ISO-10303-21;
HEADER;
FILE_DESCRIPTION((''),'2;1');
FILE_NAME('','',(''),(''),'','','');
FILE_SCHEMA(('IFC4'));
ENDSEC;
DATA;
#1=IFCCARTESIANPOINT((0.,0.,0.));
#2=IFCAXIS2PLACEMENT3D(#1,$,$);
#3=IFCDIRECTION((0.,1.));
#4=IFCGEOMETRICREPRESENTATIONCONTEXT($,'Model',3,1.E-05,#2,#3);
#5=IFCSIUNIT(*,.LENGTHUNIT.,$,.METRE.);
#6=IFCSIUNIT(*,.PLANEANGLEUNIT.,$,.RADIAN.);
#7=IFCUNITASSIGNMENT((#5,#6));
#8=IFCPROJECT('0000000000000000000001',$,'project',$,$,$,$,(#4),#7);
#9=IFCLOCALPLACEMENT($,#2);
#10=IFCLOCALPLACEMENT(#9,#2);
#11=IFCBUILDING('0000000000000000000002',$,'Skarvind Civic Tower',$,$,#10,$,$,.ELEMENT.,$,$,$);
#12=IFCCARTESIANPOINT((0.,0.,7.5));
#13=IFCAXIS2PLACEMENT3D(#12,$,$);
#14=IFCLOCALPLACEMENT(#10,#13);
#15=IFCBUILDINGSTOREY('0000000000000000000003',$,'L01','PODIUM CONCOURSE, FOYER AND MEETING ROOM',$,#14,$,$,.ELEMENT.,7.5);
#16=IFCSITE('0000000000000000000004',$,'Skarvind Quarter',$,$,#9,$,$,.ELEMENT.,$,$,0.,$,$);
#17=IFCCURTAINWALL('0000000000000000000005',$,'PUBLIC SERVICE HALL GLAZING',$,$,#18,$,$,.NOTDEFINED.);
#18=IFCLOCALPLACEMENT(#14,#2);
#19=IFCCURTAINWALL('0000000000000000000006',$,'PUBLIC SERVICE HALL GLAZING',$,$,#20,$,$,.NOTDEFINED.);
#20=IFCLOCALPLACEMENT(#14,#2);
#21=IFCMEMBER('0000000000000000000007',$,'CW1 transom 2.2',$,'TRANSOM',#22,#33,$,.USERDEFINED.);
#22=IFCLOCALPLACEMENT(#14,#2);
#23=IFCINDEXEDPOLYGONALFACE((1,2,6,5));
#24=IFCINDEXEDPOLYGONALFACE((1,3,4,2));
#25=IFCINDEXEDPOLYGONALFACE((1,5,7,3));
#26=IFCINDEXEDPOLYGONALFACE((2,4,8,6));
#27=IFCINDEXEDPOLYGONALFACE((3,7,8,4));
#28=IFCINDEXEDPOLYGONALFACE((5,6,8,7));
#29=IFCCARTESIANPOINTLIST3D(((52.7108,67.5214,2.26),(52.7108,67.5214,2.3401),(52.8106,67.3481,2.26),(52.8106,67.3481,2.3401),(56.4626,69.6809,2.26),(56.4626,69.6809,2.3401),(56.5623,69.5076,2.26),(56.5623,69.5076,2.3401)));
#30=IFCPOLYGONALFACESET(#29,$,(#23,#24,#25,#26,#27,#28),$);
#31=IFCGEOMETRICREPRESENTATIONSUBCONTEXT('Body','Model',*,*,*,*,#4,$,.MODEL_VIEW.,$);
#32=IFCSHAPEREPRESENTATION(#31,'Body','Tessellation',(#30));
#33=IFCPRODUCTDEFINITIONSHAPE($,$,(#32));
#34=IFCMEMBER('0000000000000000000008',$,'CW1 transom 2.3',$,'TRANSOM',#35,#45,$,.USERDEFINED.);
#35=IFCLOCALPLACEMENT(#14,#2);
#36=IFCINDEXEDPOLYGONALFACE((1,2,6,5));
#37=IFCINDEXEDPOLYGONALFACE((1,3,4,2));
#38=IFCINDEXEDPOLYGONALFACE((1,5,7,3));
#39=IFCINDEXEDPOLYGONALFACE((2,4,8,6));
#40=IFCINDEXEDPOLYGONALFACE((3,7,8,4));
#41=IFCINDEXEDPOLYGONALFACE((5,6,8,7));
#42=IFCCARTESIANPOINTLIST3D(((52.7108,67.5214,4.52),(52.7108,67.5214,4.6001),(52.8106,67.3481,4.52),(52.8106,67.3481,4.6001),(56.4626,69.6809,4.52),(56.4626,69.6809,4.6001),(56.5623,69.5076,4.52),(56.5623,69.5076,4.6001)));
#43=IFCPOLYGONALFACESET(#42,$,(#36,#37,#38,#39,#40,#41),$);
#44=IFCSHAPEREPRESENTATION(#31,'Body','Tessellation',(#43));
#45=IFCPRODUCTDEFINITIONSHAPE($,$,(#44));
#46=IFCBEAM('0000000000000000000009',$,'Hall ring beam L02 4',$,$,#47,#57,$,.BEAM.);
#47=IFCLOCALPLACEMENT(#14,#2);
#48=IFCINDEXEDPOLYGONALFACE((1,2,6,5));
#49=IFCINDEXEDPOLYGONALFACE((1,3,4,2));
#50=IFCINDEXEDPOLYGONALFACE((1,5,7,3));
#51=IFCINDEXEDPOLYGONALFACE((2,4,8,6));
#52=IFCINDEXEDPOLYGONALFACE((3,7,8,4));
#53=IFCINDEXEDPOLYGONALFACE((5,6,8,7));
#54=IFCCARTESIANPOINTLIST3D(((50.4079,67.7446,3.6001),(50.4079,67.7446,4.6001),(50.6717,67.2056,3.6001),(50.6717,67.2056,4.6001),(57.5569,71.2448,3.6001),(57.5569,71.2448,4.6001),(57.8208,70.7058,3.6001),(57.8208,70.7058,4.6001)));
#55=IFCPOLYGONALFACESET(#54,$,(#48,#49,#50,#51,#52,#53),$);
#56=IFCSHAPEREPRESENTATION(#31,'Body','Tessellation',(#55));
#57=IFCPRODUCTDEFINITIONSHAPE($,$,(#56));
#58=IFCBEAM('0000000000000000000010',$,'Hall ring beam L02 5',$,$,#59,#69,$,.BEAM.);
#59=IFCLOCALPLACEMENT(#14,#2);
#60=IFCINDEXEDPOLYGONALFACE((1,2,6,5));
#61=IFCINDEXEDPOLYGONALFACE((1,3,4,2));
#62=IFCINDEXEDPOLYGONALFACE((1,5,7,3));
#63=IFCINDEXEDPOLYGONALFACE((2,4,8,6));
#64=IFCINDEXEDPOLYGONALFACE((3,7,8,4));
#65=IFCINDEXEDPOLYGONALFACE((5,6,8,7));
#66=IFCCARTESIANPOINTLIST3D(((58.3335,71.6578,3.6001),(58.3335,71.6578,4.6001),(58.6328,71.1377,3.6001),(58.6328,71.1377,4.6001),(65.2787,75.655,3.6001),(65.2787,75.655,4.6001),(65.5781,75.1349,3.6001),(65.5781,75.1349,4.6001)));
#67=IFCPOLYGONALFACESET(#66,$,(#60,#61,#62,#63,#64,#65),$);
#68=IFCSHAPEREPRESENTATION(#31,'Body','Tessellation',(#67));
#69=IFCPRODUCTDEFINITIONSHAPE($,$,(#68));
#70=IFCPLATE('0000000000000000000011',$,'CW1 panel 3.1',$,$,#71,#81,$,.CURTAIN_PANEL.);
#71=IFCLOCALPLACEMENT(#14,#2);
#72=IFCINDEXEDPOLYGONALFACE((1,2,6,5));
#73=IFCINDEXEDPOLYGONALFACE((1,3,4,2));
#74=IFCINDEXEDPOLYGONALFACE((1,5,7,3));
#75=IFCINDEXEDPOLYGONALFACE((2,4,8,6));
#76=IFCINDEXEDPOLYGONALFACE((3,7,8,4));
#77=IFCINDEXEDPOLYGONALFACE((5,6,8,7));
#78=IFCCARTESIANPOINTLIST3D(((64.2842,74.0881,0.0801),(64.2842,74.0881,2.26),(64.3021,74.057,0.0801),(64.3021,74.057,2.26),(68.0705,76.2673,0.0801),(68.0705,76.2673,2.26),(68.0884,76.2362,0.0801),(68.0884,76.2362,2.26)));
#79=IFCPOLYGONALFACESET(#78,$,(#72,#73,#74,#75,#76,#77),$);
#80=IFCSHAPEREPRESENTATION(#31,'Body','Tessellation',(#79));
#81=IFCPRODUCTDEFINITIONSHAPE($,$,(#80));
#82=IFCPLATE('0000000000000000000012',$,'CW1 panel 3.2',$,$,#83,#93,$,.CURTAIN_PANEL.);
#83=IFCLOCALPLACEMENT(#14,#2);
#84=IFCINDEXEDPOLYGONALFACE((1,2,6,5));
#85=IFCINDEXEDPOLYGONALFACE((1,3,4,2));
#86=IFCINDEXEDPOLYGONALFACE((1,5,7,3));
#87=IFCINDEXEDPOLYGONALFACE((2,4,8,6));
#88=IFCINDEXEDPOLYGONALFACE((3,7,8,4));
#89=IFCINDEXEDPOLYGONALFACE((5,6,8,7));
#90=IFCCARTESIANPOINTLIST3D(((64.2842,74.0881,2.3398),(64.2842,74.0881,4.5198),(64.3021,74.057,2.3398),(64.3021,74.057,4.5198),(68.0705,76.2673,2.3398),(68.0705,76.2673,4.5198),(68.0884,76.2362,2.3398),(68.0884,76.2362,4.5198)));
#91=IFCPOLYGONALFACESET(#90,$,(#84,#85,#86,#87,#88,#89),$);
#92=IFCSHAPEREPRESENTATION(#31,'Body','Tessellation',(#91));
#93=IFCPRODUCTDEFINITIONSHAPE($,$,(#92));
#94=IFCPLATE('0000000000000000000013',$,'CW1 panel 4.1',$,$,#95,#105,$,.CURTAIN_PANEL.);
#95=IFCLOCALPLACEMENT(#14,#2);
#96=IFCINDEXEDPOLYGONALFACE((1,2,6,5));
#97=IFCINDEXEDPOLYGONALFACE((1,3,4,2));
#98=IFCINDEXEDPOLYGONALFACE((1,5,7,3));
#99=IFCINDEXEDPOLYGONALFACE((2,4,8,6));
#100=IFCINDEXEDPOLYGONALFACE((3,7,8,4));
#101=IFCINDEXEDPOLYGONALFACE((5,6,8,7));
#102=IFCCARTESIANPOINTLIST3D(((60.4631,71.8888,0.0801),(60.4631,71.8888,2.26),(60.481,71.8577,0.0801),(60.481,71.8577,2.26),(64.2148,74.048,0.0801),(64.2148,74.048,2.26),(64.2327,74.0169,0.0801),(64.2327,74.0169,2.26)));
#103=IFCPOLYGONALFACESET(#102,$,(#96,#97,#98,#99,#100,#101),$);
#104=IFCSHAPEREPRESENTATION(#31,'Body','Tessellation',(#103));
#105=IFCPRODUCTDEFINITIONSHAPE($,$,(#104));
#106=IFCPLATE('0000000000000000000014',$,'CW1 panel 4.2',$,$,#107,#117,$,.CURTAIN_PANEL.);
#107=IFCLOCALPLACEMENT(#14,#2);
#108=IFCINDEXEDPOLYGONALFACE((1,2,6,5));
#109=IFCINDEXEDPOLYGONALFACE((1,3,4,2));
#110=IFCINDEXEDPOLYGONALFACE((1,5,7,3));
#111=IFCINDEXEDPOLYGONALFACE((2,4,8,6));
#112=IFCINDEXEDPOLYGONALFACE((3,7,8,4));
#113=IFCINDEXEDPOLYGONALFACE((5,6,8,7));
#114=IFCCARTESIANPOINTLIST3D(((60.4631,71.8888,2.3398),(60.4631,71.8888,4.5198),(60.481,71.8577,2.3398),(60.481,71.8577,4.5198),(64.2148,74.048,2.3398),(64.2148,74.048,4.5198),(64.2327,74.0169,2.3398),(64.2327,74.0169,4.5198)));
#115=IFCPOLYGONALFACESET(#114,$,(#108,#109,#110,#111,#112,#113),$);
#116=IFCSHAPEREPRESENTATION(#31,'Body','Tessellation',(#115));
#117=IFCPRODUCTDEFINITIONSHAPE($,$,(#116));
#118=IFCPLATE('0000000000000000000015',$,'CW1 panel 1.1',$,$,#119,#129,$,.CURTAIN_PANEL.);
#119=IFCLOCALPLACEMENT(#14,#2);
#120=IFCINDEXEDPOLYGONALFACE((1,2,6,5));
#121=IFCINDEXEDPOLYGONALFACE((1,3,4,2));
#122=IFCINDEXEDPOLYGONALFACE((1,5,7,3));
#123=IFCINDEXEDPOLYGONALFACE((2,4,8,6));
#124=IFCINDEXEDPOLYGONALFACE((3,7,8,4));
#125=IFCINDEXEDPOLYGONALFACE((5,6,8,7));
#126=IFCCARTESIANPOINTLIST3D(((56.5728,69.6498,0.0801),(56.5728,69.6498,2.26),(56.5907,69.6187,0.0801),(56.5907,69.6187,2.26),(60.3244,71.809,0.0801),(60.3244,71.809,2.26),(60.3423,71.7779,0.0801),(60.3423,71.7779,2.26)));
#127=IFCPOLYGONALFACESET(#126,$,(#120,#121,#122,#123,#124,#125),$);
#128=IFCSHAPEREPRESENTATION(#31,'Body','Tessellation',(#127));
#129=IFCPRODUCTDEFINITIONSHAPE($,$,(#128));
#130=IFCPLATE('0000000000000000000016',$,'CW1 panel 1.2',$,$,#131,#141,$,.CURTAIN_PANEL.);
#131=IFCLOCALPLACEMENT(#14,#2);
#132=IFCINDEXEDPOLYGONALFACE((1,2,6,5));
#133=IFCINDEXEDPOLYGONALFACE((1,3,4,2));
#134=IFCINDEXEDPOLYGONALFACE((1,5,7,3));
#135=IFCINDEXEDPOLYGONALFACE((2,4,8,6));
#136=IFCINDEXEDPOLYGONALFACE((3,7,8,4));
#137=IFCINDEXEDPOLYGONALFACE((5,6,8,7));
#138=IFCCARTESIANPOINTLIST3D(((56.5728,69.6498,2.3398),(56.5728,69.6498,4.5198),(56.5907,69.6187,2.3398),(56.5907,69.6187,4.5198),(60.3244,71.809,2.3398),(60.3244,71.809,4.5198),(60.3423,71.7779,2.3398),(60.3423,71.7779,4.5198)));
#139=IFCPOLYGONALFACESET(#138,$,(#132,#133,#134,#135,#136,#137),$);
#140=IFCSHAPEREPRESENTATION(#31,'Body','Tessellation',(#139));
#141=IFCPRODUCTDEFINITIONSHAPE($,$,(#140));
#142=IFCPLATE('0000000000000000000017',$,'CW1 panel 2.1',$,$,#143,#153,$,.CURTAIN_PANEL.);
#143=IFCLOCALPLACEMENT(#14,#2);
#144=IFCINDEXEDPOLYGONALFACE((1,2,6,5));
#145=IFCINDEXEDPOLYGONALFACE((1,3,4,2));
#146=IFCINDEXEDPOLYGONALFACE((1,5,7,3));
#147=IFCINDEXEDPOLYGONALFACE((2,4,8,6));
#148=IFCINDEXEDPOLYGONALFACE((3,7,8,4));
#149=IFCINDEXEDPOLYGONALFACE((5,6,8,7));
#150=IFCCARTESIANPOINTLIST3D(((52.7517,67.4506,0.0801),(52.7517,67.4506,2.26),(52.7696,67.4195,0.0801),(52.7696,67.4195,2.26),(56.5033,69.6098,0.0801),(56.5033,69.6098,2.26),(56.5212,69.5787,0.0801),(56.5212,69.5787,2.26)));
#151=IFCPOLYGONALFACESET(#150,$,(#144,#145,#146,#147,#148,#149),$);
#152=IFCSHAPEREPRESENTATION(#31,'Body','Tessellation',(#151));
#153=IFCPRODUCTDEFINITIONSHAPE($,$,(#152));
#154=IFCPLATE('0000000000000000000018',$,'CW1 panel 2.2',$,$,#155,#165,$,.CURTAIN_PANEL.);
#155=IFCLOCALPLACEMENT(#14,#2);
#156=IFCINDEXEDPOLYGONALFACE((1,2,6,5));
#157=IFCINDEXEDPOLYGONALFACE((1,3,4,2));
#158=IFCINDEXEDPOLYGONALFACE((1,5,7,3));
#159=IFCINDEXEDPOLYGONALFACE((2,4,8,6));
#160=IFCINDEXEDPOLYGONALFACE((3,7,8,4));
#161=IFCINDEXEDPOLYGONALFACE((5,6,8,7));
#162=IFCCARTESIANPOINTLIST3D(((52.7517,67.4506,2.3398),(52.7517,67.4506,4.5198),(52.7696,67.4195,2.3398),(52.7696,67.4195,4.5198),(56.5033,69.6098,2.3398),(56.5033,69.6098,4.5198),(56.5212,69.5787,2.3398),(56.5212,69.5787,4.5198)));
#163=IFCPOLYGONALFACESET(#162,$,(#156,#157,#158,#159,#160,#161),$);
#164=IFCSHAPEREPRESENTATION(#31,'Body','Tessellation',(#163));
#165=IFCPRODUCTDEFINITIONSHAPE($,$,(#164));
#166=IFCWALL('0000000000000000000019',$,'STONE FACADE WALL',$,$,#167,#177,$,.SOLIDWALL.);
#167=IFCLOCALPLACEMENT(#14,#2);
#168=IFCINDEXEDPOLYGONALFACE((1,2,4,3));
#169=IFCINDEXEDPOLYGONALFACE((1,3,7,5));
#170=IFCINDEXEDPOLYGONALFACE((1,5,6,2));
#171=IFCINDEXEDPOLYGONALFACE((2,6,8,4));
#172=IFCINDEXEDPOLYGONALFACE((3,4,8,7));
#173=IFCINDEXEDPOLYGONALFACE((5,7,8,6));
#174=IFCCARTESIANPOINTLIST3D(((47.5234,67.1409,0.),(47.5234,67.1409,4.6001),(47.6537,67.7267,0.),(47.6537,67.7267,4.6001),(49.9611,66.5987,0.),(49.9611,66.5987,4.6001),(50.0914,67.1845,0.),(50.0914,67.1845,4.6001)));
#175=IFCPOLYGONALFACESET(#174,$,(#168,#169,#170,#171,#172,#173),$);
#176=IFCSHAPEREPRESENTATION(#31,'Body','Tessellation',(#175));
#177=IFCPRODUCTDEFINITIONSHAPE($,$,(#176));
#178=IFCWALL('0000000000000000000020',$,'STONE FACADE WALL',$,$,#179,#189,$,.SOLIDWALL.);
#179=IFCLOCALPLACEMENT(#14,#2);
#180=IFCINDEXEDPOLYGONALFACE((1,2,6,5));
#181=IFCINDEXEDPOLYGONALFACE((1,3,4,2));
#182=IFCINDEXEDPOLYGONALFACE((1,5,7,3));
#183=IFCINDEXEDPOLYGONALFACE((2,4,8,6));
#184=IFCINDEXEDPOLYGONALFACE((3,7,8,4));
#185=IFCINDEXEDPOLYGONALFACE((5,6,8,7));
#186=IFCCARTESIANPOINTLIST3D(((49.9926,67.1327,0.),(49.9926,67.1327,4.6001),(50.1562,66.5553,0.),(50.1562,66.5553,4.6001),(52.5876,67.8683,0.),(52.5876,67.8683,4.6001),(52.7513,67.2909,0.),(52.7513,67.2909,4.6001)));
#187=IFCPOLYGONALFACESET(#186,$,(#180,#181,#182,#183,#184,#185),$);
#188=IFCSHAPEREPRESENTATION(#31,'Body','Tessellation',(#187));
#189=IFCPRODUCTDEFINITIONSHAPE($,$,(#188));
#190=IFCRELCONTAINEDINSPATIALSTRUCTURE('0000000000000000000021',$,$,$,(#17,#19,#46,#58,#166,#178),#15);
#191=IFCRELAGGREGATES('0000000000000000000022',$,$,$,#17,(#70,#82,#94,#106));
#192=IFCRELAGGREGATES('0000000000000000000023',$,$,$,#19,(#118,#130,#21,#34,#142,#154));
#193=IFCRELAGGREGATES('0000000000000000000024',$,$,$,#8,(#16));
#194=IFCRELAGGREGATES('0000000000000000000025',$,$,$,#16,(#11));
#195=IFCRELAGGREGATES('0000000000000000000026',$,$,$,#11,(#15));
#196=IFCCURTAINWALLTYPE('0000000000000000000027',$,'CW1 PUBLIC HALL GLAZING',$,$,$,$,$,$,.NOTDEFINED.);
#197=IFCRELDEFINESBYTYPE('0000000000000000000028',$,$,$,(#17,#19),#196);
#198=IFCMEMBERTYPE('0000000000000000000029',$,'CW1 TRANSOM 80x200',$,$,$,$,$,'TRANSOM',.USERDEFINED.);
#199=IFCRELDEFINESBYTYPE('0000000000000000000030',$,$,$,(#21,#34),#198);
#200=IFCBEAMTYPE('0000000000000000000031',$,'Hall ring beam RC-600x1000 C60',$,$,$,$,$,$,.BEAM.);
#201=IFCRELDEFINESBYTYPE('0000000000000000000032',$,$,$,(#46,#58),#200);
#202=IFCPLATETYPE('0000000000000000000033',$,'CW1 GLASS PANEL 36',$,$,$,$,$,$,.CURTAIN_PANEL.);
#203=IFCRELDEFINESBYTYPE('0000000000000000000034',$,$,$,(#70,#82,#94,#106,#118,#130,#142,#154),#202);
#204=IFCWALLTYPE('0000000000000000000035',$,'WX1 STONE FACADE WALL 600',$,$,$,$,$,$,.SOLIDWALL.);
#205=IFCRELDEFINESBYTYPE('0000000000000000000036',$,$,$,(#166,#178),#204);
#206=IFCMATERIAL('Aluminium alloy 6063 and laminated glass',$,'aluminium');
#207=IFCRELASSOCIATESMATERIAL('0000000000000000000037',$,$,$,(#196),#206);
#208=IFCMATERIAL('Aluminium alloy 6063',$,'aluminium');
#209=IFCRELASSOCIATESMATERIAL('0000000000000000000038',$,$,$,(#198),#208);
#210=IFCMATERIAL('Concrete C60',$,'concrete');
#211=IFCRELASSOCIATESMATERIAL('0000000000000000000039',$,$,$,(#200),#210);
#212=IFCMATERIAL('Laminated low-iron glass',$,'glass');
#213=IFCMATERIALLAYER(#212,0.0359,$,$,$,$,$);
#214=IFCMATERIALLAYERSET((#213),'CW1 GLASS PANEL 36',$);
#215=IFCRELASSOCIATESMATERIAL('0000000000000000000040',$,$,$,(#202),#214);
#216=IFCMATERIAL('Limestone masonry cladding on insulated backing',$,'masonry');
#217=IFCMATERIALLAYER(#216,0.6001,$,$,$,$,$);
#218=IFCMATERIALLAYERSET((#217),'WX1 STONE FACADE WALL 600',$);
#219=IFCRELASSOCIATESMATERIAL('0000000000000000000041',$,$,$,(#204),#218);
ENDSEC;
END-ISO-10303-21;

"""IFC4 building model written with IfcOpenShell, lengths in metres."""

from ifc_helpers import new_model, si_unit, direction, frame, frame_2d, origin, origin_2d, place, context, subcontext, project, spatial, rectangle, extrude, material, layer, layer_set, material_profile, profile_set, type_object, element, aggregate, save


model = new_model("IFC4")

# Units and contexts
model_context = context("Model", 3, precision=1e-05, world=origin(), true_north=direction((0.0, 1.0)))
body_context = subcontext(model_context, "Body", "Model", "MODEL_VIEW")
ifc_project = project(units=[si_unit("LENGTHUNIT", "METRE"), si_unit("PLANEANGLEUNIT", "RADIAN")], contexts=[model_context])

# Site, building, storey
site_placement = place(None, origin())
site = spatial("IfcSite", under=ifc_project, at=site_placement, Name="Skarvind Quarter", CompositionType="ELEMENT", RefElevation=0.0)
building_placement = place(site_placement, origin())
building = spatial("IfcBuilding", under=site, at=building_placement, Name="Skarvind Civic Tower", CompositionType="ELEMENT")
storey_placement = place(building_placement, frame((0.0, 0.0, 7.5)))
storey = spatial("IfcBuildingStorey", under=building, at=storey_placement, Name="L01", Description="PODIUM CONCOURSE, FOYER AND MEETING ROOM", CompositionType="ELEMENT", Elevation=7.5)

# Shared definitions
ifc_material_1 = material(Name="Concrete C60", Category="concrete")

# Curtain walls
ifc_material_2 = material(Name="Aluminium alloy 6063 and laminated glass", Category="aluminium")
curtain_wall_type = type_object("IfcCurtainWallType", Name="CW1 PUBLIC HALL GLAZING", PredefinedType="NOTDEFINED", material=ifc_material_2)
curtain_wall_1_placement = place(storey_placement, origin())
curtain_wall_1 = element("IfcCurtainWall", 1, at=curtain_wall_1_placement, inside=storey, type_object=curtain_wall_type, Name="PUBLIC SERVICE HALL GLAZING", PredefinedType="NOTDEFINED")
ifc_material_3 = material(Name="Aluminium alloy 6063", Category="aluminium")
curtain_wall_2_placement = place(storey_placement, origin())
curtain_wall_2 = element("IfcCurtainWall", 2, at=curtain_wall_2_placement, inside=storey, type_object=curtain_wall_type, Name="PUBLIC SERVICE HALL GLAZING", PredefinedType="NOTDEFINED")

# Members
ifc_material_profile_1 = material_profile(ifc_material_3, rectangle(XDim=0.2, YDim=0.0801, at=origin_2d()), Name="AL 80x200")
ifc_profile_set_1 = profile_set([ifc_material_profile_1], Name="Aluminium alloy 6063")
member_type_1 = type_object("IfcMemberType", Name="CW1 TRANSOM 80x200", ElementType="TRANSOM", PredefinedType="USERDEFINED", material=ifc_profile_set_1)
member_1_placement = place(storey_placement, frame((56.5125, 69.5942, 2.3), z_axis=(-0.866687, -0.498851, 0.0), x_axis=(0.498851, -0.866687, 0.0)))
member_1 = element("IfcMember", 3, at=member_1_placement, type_object=member_type_1, Name="CW1 transom 2.2", ObjectType="TRANSOM", PredefinedType="USERDEFINED", context=body_context, shape_type="SweptSolid", body=[
    extrude(rectangle(XDim=0.2, YDim=0.0801, at=origin_2d()), origin(), (0.0, 0.0, 1.0), 4.3289),
])
member_2_placement = place(storey_placement, frame((56.5125, 69.5942, 4.5601), z_axis=(-0.866687, -0.498851, 0.0), x_axis=(0.498851, -0.866687, 0.0)))
member_2 = element("IfcMember", 4, at=member_2_placement, type_object=member_type_1, Name="CW1 transom 2.3", ObjectType="TRANSOM", PredefinedType="USERDEFINED", context=body_context, shape_type="SweptSolid", body=[
    extrude(rectangle(XDim=0.2, YDim=0.0801, at=origin_2d()), origin(), (0.0, 0.0, 1.0), 4.3289),
])

# Beams
ifc_material_profile_2 = material_profile(ifc_material_1, rectangle(XDim=0.6001, YDim=1.0, at=origin_2d()), Name="RC-600x1000")
ifc_profile_set_2 = profile_set([ifc_material_profile_2], Name="Concrete C60")
beam_type = type_object("IfcBeamType", Name="Hall ring beam RC-600x1000 C60", PredefinedType="BEAM", material=ifc_profile_set_2)
beam_1_placement = place(storey_placement, frame((50.5398, 67.4751, 4.1001), z_axis=(0.898132, 0.439727, 0.0), x_axis=(-0.439727, 0.898132, 0.0)))
element("IfcBeam", 5, at=beam_1_placement, inside=storey, type_object=beam_type, Name="Hall ring beam L02 4", PredefinedType="BEAM", context=body_context, shape_type="SweptSolid", body=[
    extrude(rectangle(XDim=0.6001, YDim=1.0, at=origin_2d()), origin(), (0.0, 0.0, 1.0), 7.96),
])
beam_2_placement = place(storey_placement, frame((58.4832, 71.3977, 4.1001), z_axis=(0.866703, 0.498824, 0.0), x_axis=(-0.498824, 0.866703, 0.0)))
element("IfcBeam", 6, at=beam_2_placement, inside=storey, type_object=beam_type, Name="Hall ring beam L02 5", PredefinedType="BEAM", context=body_context, shape_type="SweptSolid", body=[
    extrude(rectangle(XDim=0.6001, YDim=1.0, at=origin_2d()), origin(), (0.0, 0.0, 1.0), 8.0134),
])

# Plates
ifc_material_4 = material(Name="Laminated low-iron glass", Category="glass")
ifc_layer_1 = layer(ifc_material_4, 0.0359)
ifc_layer_set_1 = layer_set([ifc_layer_1], Name="CW1 GLASS PANEL 36")
plate_type = type_object("IfcPlateType", Name="CW1 GLASS PANEL 36", PredefinedType="CURTAIN_PANEL", material=ifc_layer_set_1)
plate_1_placement = place(storey_placement, frame((66.1863, 75.1621, 0.0801), z_axis=(0.0, 0.0, 1.0), x_axis=(-0.866702, -0.498825, 0.0)))
plate_1 = element("IfcPlate", 7, at=plate_1_placement, type_object=plate_type, Name="CW1 panel 3.1", PredefinedType="CURTAIN_PANEL", context=body_context, shape_type="SweptSolid", body=[
    extrude(rectangle(XDim=4.3687, YDim=0.0359, at=origin_2d()), origin(), (0.0, 0.0, 1.0), 2.1799),
])
plate_2_placement = place(storey_placement, frame((66.1863, 75.1621, 2.3398), z_axis=(0.0, 0.0, 1.0), x_axis=(-0.866702, -0.498825, 0.0)))
plate_2 = element("IfcPlate", 8, at=plate_2_placement, type_object=plate_type, Name="CW1 panel 3.2", PredefinedType="CURTAIN_PANEL", context=body_context, shape_type="SweptSolid", body=[
    extrude(rectangle(XDim=4.3687, YDim=0.0359, at=origin_2d()), origin(), (0.0, 0.0, 1.0), 2.1799),
])
plate_3_placement = place(storey_placement, frame((62.3479, 72.9529, 0.0801), z_axis=(0.0, 0.0, 1.0), x_axis=(-0.866702, -0.498825, 0.0)))
plate_3 = element("IfcPlate", 9, at=plate_3_placement, type_object=plate_type, Name="CW1 panel 4.1", PredefinedType="CURTAIN_PANEL", context=body_context, shape_type="SweptSolid", body=[
    extrude(rectangle(XDim=4.3286, YDim=0.0359, at=origin_2d()), origin(), (0.0, 0.0, 1.0), 2.1799),
])
plate_4_placement = place(storey_placement, frame((62.3479, 72.9529, 2.3398), z_axis=(0.0, 0.0, 1.0), x_axis=(-0.866702, -0.498825, 0.0)))
plate_4 = element("IfcPlate", 10, at=plate_4_placement, type_object=plate_type, Name="CW1 panel 4.2", PredefinedType="CURTAIN_PANEL", context=body_context, shape_type="SweptSolid", body=[
    extrude(rectangle(XDim=4.3286, YDim=0.0359, at=origin_2d()), origin(), (0.0, 0.0, 1.0), 2.1799),
])
aggregate(curtain_wall_1, [plate_1, plate_2, plate_3, plate_4])
plate_5_placement = place(storey_placement, frame((58.4575, 70.7139, 0.0801), z_axis=(0.0, 0.0, 1.0), x_axis=(-0.8667, -0.49883, 0.0)))
plate_5 = element("IfcPlate", 11, at=plate_5_placement, type_object=plate_type, Name="CW1 panel 1.1", PredefinedType="CURTAIN_PANEL", context=body_context, shape_type="SweptSolid", body=[
    extrude(rectangle(XDim=4.3286, YDim=0.0359, at=origin_2d()), origin(), (0.0, 0.0, 1.0), 2.1799),
])
plate_6_placement = place(storey_placement, frame((58.4575, 70.7139, 2.3398), z_axis=(0.0, 0.0, 1.0), x_axis=(-0.8667, -0.49883, 0.0)))
plate_6 = element("IfcPlate", 12, at=plate_6_placement, type_object=plate_type, Name="CW1 panel 1.2", PredefinedType="CURTAIN_PANEL", context=body_context, shape_type="SweptSolid", body=[
    extrude(rectangle(XDim=4.3286, YDim=0.0359, at=origin_2d()), origin(), (0.0, 0.0, 1.0), 2.1799),
])
plate_7_placement = place(storey_placement, frame((54.6365, 68.5146, 0.0801), z_axis=(0.0, 0.0, 1.0), x_axis=(-0.8667, -0.49883, 0.0)))
plate_7 = element("IfcPlate", 13, at=plate_7_placement, type_object=plate_type, Name="CW1 panel 2.1", PredefinedType="CURTAIN_PANEL", context=body_context, shape_type="SweptSolid", body=[
    extrude(rectangle(XDim=4.3286, YDim=0.0359, at=origin_2d()), origin(), (0.0, 0.0, 1.0), 2.1799),
])
plate_8_placement = place(storey_placement, frame((54.6365, 68.5146, 2.3398), z_axis=(0.0, 0.0, 1.0), x_axis=(-0.8667, -0.49883, 0.0)))
plate_8 = element("IfcPlate", 14, at=plate_8_placement, type_object=plate_type, Name="CW1 panel 2.2", PredefinedType="CURTAIN_PANEL", context=body_context, shape_type="SweptSolid", body=[
    extrude(rectangle(XDim=4.3286, YDim=0.0359, at=origin_2d()), origin(), (0.0, 0.0, 1.0), 2.1799),
])
aggregate(curtain_wall_2, [plate_5, plate_6, member_1, member_2, plate_7, plate_8])

# Walls
ifc_material_5 = material(Name="Limestone masonry cladding on insulated backing", Category="masonry")
ifc_layer_2 = layer(ifc_material_5, 0.6001)
ifc_layer_set_2 = layer_set([ifc_layer_2], Name="WX1 STONE FACADE WALL 600")
wall_type = type_object("IfcWallType", Name="WX1 STONE FACADE WALL 600", PredefinedType="SOLIDWALL", material=ifc_layer_set_2)
wall_1_placement = place(storey_placement, frame((50.0261, 66.8916, 0.0), z_axis=(0.0, 0.0, 1.0), x_axis=(-0.976143, 0.217127, 0.0)))
element("IfcWall", 15, at=wall_1_placement, inside=storey, type_object=wall_type, Name="STONE FACADE WALL", PredefinedType="SOLIDWALL", context=body_context, shape_type="SweptSolid", body=[
    extrude(rectangle(XDim=2.4973, YDim=0.6001, at=frame_2d((1.2485, 0.0))), origin(), (0.0, 0.0, 1.0), 4.6001),
])
wall_2_placement = place(storey_placement, frame((52.6694, 67.5796, 0.0), z_axis=(0.0, 0.0, 1.0), x_axis=(-0.962092, -0.272724, 0.0)))
element("IfcWall", 16, at=wall_2_placement, inside=storey, type_object=wall_type, Name="STONE FACADE WALL", PredefinedType="SOLIDWALL", context=body_context, shape_type="SweptSolid", body=[
    extrude(rectangle(XDim=2.6973, YDim=0.6001, at=frame_2d((1.3486, 0.0))), origin(), (0.0, 0.0, 1.0), 4.6001),
])

save(model, "model.ifc")
